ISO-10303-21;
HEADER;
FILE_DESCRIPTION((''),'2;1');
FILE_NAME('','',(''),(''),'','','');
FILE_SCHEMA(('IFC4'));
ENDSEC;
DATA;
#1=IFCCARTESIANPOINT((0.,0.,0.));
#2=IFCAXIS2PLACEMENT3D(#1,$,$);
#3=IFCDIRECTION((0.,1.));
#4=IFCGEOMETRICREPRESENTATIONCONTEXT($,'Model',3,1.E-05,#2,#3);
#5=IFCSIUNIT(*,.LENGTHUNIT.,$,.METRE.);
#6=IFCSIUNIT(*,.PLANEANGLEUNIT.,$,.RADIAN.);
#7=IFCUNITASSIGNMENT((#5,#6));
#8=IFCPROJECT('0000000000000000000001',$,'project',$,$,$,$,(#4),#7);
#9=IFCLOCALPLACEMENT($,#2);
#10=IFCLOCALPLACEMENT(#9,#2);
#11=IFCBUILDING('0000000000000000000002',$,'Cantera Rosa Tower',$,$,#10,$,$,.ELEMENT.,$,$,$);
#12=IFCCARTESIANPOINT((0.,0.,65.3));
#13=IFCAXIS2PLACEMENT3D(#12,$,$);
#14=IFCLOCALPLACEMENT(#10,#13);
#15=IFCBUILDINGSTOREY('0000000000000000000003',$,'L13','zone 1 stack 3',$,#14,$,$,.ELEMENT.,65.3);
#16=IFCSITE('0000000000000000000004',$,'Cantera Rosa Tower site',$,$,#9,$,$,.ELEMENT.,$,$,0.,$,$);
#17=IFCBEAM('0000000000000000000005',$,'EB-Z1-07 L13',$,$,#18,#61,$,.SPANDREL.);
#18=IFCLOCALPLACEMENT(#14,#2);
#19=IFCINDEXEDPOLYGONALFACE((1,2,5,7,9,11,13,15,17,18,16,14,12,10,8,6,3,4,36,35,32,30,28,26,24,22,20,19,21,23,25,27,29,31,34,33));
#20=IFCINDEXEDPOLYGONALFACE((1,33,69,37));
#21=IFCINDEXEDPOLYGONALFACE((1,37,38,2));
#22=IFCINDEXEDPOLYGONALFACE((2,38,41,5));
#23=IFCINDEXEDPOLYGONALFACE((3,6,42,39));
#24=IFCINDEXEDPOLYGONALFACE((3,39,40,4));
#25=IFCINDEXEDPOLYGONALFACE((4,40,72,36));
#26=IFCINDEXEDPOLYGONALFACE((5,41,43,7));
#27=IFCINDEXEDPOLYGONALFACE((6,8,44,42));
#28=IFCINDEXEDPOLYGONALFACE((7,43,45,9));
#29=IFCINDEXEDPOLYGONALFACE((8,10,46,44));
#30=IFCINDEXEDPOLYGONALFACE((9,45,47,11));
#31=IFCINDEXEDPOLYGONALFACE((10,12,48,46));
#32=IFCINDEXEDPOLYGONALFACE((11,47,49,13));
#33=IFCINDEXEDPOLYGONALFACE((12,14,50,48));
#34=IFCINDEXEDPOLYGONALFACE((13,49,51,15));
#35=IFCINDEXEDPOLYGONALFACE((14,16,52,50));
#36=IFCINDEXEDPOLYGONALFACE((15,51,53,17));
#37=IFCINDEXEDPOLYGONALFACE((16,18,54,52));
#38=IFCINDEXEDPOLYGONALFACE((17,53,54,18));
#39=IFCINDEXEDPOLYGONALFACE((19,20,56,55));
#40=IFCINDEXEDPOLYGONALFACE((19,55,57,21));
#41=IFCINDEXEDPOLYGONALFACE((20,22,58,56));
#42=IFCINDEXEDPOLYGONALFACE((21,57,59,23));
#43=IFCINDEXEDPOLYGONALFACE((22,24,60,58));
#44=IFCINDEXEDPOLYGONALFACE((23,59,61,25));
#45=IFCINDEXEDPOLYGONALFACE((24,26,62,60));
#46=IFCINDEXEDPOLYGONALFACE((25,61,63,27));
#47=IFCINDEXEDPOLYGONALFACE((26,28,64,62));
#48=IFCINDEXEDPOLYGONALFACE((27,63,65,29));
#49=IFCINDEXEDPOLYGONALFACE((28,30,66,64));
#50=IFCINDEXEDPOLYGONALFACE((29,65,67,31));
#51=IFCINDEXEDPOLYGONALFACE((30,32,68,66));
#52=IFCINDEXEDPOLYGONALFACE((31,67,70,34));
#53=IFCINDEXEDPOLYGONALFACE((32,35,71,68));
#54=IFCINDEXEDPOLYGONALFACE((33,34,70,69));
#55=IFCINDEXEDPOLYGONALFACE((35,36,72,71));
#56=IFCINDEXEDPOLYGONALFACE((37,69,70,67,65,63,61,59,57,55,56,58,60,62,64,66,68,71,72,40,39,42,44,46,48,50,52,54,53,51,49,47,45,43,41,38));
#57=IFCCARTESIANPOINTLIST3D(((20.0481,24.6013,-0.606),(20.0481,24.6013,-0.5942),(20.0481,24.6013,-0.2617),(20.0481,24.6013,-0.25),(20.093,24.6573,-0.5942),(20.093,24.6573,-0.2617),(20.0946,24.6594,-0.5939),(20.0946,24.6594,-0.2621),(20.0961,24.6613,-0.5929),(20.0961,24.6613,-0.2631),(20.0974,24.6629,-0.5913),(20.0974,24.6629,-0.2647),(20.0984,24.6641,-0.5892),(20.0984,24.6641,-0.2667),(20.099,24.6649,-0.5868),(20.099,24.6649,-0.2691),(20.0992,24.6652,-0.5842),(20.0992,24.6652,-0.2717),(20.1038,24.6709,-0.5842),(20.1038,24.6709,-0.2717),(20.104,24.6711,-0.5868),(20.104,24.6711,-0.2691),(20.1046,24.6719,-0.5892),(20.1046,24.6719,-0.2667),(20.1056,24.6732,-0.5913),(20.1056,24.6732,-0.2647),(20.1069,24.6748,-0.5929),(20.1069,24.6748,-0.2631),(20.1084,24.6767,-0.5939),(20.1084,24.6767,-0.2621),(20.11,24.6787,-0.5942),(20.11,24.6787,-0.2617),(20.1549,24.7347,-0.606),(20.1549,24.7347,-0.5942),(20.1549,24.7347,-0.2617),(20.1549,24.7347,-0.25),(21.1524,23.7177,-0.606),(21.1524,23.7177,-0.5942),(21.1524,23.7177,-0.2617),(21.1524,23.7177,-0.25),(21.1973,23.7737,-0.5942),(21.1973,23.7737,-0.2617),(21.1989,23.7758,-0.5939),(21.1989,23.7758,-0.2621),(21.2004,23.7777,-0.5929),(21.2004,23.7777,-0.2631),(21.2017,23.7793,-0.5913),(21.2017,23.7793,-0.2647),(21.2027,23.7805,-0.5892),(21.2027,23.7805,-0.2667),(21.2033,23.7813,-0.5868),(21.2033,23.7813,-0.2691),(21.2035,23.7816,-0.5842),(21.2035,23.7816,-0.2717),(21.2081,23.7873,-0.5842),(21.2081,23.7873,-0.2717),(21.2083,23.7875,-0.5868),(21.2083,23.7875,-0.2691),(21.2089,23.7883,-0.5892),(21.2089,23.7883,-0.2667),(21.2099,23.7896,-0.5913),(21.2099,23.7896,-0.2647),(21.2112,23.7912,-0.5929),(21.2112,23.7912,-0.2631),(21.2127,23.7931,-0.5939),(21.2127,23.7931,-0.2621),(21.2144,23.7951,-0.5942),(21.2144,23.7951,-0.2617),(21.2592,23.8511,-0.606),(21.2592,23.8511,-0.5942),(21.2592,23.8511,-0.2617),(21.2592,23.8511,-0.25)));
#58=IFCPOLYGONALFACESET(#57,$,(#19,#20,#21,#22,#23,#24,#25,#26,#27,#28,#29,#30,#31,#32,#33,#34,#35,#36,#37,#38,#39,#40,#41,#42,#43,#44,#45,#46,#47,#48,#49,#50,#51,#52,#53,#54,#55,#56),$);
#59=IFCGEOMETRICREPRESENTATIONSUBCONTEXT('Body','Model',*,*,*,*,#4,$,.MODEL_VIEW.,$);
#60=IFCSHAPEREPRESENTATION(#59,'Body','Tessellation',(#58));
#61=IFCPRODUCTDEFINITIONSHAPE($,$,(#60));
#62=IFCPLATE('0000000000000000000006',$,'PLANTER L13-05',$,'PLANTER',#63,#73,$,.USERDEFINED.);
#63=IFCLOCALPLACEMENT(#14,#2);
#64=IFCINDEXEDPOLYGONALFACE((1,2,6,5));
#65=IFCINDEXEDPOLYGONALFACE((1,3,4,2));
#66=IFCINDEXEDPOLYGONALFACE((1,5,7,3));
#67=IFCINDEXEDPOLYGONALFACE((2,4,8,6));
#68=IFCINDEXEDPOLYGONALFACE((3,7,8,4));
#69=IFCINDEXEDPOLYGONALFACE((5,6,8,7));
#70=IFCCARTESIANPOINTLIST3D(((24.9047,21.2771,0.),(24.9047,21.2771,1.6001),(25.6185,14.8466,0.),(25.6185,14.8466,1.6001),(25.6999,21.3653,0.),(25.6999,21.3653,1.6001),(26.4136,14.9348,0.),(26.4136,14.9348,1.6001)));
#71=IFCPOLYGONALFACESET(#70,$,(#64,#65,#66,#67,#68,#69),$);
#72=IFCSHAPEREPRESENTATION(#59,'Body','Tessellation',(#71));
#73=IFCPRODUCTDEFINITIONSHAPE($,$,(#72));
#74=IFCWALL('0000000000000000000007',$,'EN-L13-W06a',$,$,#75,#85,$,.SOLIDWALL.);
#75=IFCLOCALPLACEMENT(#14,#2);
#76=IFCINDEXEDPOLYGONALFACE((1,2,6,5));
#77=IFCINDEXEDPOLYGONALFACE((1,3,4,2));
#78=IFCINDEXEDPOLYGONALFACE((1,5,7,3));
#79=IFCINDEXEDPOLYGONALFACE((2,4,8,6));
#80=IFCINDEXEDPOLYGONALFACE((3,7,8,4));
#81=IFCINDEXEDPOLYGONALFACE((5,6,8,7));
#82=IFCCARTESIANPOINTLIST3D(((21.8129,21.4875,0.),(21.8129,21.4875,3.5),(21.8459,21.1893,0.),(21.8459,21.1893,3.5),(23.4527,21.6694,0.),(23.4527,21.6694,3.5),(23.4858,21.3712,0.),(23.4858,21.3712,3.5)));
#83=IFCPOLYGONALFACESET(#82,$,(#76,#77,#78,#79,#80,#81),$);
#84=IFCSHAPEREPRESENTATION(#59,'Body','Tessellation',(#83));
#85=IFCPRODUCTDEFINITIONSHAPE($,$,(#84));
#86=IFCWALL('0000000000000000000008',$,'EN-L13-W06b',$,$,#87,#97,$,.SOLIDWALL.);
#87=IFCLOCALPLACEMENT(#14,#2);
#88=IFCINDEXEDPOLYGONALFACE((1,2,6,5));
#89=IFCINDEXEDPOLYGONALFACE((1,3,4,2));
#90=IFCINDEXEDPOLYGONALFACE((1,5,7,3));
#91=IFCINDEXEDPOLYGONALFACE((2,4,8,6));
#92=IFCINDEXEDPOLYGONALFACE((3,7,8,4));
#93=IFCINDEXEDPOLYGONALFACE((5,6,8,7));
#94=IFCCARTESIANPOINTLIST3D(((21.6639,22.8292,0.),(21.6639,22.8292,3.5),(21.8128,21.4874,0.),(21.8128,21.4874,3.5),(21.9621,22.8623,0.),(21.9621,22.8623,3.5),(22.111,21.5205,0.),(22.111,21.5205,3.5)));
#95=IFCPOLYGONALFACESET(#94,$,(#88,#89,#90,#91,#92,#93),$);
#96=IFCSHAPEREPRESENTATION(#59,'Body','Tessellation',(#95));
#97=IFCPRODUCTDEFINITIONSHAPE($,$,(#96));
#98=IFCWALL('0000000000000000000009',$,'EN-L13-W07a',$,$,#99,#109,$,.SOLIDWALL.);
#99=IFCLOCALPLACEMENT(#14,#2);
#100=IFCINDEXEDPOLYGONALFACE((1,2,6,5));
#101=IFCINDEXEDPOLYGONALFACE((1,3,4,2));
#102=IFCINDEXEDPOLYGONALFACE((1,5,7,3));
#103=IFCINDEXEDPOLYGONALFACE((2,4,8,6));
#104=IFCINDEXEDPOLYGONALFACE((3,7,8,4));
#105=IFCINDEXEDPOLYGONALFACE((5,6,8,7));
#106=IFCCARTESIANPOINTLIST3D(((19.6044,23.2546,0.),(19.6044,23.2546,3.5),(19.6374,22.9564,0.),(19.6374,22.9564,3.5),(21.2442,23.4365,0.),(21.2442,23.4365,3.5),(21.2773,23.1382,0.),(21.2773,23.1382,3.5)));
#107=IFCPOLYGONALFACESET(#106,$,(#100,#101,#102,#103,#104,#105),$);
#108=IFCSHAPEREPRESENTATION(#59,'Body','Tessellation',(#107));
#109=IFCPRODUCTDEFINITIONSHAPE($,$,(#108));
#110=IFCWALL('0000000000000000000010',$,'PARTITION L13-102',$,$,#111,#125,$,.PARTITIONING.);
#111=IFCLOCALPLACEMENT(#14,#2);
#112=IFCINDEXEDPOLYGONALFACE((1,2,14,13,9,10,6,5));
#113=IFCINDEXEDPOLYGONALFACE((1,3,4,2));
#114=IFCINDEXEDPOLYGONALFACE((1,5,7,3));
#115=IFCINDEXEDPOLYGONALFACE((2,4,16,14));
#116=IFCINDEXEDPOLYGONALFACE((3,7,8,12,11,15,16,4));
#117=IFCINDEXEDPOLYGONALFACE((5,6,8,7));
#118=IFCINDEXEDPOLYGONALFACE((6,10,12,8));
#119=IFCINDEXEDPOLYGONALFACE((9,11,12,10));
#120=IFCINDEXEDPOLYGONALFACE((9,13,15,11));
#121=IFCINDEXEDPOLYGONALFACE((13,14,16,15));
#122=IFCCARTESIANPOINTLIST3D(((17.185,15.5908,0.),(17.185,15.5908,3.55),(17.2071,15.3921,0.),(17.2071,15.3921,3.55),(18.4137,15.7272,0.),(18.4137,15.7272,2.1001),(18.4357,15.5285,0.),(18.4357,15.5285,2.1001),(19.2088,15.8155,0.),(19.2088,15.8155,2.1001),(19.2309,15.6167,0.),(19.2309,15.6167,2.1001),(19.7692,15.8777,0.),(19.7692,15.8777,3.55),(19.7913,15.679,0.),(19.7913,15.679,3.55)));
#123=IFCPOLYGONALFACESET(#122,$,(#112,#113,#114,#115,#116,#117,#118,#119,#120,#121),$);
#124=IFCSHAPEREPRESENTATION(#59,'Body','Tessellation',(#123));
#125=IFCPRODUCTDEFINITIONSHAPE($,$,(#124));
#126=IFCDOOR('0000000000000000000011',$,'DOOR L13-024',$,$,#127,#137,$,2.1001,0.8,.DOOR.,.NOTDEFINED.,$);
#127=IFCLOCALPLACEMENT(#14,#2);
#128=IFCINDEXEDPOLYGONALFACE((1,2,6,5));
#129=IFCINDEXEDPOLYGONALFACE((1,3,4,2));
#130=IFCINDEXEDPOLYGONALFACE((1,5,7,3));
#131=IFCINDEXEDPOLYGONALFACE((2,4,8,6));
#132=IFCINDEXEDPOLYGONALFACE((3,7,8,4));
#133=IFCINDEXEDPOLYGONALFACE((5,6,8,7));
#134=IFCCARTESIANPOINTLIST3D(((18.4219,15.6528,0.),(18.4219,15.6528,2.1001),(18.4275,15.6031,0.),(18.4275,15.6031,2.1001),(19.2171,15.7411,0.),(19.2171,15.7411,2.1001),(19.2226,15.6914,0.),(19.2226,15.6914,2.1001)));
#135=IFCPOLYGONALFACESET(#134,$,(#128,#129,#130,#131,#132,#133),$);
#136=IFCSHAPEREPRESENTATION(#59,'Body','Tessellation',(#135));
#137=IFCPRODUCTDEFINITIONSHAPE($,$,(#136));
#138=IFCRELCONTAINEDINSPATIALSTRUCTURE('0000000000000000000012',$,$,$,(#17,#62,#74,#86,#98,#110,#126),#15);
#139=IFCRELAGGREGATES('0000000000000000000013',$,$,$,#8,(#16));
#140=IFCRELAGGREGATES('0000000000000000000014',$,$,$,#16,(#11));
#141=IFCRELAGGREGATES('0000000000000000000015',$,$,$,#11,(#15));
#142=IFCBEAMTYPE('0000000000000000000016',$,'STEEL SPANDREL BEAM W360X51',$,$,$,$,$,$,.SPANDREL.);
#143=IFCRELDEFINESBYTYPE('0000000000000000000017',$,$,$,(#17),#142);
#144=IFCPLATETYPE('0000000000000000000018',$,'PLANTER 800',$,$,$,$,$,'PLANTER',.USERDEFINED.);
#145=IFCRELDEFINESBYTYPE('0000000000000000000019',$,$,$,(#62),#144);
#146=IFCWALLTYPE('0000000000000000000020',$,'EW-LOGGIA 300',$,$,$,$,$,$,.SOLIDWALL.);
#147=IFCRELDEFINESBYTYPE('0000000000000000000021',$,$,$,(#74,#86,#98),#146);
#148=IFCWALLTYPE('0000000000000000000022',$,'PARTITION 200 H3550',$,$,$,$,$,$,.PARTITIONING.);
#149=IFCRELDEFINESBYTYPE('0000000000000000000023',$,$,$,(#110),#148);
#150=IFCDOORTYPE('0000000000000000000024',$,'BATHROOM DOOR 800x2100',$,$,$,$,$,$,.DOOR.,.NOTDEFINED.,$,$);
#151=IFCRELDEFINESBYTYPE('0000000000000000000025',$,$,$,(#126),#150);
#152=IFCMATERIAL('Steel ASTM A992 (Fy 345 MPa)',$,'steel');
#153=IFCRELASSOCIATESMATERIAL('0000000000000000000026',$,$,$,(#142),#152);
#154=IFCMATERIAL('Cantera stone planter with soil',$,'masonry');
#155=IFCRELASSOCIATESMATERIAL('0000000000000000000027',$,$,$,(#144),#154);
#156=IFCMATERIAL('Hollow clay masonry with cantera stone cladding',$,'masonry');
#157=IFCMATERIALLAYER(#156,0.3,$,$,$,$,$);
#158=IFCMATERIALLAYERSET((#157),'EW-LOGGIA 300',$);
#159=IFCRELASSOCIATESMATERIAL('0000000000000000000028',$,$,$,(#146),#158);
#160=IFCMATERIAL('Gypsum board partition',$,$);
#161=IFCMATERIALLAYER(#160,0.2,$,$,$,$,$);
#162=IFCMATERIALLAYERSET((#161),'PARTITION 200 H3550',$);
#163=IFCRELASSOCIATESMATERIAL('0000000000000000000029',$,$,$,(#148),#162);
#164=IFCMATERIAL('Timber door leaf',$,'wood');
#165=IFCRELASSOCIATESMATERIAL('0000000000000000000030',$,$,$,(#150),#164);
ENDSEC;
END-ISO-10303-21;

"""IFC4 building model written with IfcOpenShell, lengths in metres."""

from ifc_helpers import new_model, si_unit, direction, frame, frame_2d, origin, origin_2d, place, context, subcontext, project, spatial, rectangle, i_section, extrude, material, layer, layer_set, material_profile, profile_set, type_object, element, fill, save


model = new_model("IFC4")

# Units and contexts
model_context = context("Model", 3, precision=1e-05, world=origin(), true_north=direction((0.0, 1.0)))
body_context = subcontext(model_context, "Body", "Model", "MODEL_VIEW")
ifc_project = project(units=[si_unit("LENGTHUNIT", "METRE"), si_unit("PLANEANGLEUNIT", "RADIAN")], contexts=[model_context])

# Site, building, storey
site_placement = place(None, origin())
site = spatial("IfcSite", under=ifc_project, at=site_placement, Name="Cantera Rosa Tower site", CompositionType="ELEMENT", RefElevation=0.0)
building_placement = place(site_placement, origin())
building = spatial("IfcBuilding", under=site, at=building_placement, Name="Cantera Rosa Tower", CompositionType="ELEMENT")
storey_placement = place(building_placement, frame((0.0, 0.0, 65.3)))
storey = spatial("IfcBuildingStorey", under=building, at=storey_placement, Name="L13", Description="zone 1 stack 3", CompositionType="ELEMENT", Elevation=65.3)

# Beam
ifc_material_1 = material(Name="Steel ASTM A992 (Fy 345 MPa)", Category="steel")
ifc_material_profile_1 = material_profile(ifc_material_1, i_section(OverallWidth=0.1709, OverallDepth=0.356, WebThickness=0.0073, FlangeThickness=0.0117, FilletRadius=0.01, at=origin_2d()), Name="W360X51")
ifc_profile_set_1 = profile_set([ifc_material_profile_1], Name="Steel ASTM A992 (Fy 345 MPa)")
beam_type_1 = type_object("IfcBeamType", Name="STEEL SPANDREL BEAM W360X51", PredefinedType="SPANDREL", material=ifc_profile_set_1)
for number, where, z_axis, x_axis, name in (
    (1, (21.2058, 23.7844, -0.428), (-0.780818, 0.624758, 0.0), (-0.624758, -0.780818, 0.0), "EB-Z1-07 L13"),
):
    element("IfcBeam", number, at=place(storey_placement, frame(where, z_axis=z_axis, x_axis=x_axis)), inside=storey, type_object=beam_type_1, Name=name, PredefinedType="SPANDREL", context=body_context, shape_type="SweptSolid", body=[
        extrude(i_section(OverallWidth=0.1709, OverallDepth=0.356, WebThickness=0.0073, FlangeThickness=0.0117, FilletRadius=0.01, at=origin_2d()), origin(), (0.0, 0.0, 1.0), 1.4143),
    ])

# Plate
ifc_material_2 = material(Name="Cantera stone planter with soil", Category="masonry")
plate_type = type_object("IfcPlateType", Name="PLANTER 800", ElementType="PLANTER", PredefinedType="USERDEFINED", material=ifc_material_2)
plate_placement = place(storey_placement, frame((25.6592, 18.106, 0.0), z_axis=(0.0, 0.0, 1.0), x_axis=(-0.110313, 0.993897, 0.0)))
element("IfcPlate", 2, at=plate_placement, inside=storey, type_object=plate_type, Name="PLANTER L13-05", ObjectType="PLANTER", PredefinedType="USERDEFINED", context=body_context, shape_type="SweptSolid", body=[
    extrude(rectangle(XDim=6.47, YDim=0.8, at=origin_2d()), origin(), (0.0, 0.0, 1.0), 1.6001),
])

# Walls
ifc_material_3 = material(Name="Hollow clay masonry with cantera stone cladding", Category="masonry")
ifc_layer_1 = layer(ifc_material_3, 0.3)
ifc_layer_set_1 = layer_set([ifc_layer_1], Name="EW-LOGGIA 300")
wall_type_1 = type_object("IfcWallType", Name="EW-LOGGIA 300", PredefinedType="SOLIDWALL", material=ifc_layer_set_1)
wall_1_placement = place(storey_placement, frame((23.4692, 21.5203, 0.0), z_axis=(0.0, 0.0, 1.0), x_axis=(-0.993905, -0.110237, 0.0)))
element("IfcWall", 3, at=wall_1_placement, inside=storey, type_object=wall_type_1, Name="EN-L13-W06a", PredefinedType="SOLIDWALL", context=body_context, shape_type="SweptSolid", body=[
    extrude(rectangle(XDim=1.6499, YDim=0.3, at=frame_2d((0.825, 0.0))), origin(), (0.0, 0.0, 1.0), 3.5),
])
wall_2_placement = place(storey_placement, frame((21.9619, 21.5039, 0.0), z_axis=(0.0, 0.0, 1.0), x_axis=(-0.110312, 0.993897, 0.0)))
element("IfcWall", 4, at=wall_2_placement, inside=storey, type_object=wall_type_1, Name="EN-L13-W06b", PredefinedType="SOLIDWALL", context=body_context, shape_type="SweptSolid", body=[
    extrude(rectangle(XDim=1.3501, YDim=0.3, at=frame_2d((0.675, 0.0))), origin(), (0.0, 0.0, 1.0), 3.5),
])
wall_3_placement = place(storey_placement, frame((21.2607, 23.2874, 0.0), z_axis=(0.0, 0.0, 1.0), x_axis=(-0.993905, -0.110237, 0.0)))
element("IfcWall", 5, at=wall_3_placement, inside=storey, type_object=wall_type_1, Name="EN-L13-W07a", PredefinedType="SOLIDWALL", context=body_context, shape_type="SweptSolid", body=[
    extrude(rectangle(XDim=1.6499, YDim=0.3, at=frame_2d((0.825, 0.0))), origin(), (0.0, 0.0, 1.0), 3.5),
])

# Wall, opening, door
ifc_material_4 = material(Name="Gypsum board partition")
ifc_layer_2 = layer(ifc_material_4, 0.2)
ifc_layer_set_2 = layer_set([ifc_layer_2], Name="PARTITION 200 H3550")
wall_type_2 = type_object("IfcWallType", Name="PARTITION 200 H3550", PredefinedType="PARTITIONING", material=ifc_layer_set_2)
wall_4_placement = place(storey_placement, frame((19.7803, 15.7783, 0.0), z_axis=(0.0, 0.0, 1.0), x_axis=(-0.993895, -0.110328, 0.0)))
wall_4 = element("IfcWall", 6, at=wall_4_placement, inside=storey, type_object=wall_type_2, Name="PARTITION L13-102", PredefinedType="PARTITIONING", context=body_context, shape_type="SweptSolid", body=[
    extrude(rectangle(XDim=2.6001, YDim=0.2, at=frame_2d((1.3, 0.0))), origin(), (0.0, 0.0, 1.0), 3.55),
])
opening_placement = place(wall_4_placement, frame((0.564, 0.0, 0.0)))
opening = element("IfcOpeningElement", 7, at=opening_placement, cuts=wall_4, PredefinedType="OPENING", context=body_context, shape_type="SweptSolid", body=[
    extrude(rectangle(XDim=0.8, YDim=2.1001, at=frame_2d((0.3999, 1.05))), frame((0.0, 0.1099, 0.0), z_axis=(0.0, -1.0, 0.0), x_axis=(1.0, 0.0, 0.0)), (0.0, 0.0, 1.0), 0.22),
])
ifc_material_5 = material(Name="Timber door leaf", Category="wood")
door_type = type_object("IfcDoorType", Name="BATHROOM DOOR 800x2100", OperationType="NOTDEFINED", PredefinedType="DOOR", material=ifc_material_5)
door_placement = place(opening_placement, origin())
door = element("IfcDoor", 8, at=door_placement, inside=storey, type_object=door_type, Name="DOOR L13-024", OperationType="NOTDEFINED", OverallHeight=2.1001, OverallWidth=0.8, PredefinedType="DOOR", context=body_context, shape_type="SweptSolid", body=[
    extrude(rectangle(XDim=0.8, YDim=2.1001, at=frame_2d((0.3999, 1.05))), frame((0.0, 0.0249, 0.0), z_axis=(0.0, -1.0, 0.0), x_axis=(1.0, 0.0, 0.0)), (0.0, 0.0, 1.0), 0.05),
])
fill(opening, door)

save(model, "model.ifc")
